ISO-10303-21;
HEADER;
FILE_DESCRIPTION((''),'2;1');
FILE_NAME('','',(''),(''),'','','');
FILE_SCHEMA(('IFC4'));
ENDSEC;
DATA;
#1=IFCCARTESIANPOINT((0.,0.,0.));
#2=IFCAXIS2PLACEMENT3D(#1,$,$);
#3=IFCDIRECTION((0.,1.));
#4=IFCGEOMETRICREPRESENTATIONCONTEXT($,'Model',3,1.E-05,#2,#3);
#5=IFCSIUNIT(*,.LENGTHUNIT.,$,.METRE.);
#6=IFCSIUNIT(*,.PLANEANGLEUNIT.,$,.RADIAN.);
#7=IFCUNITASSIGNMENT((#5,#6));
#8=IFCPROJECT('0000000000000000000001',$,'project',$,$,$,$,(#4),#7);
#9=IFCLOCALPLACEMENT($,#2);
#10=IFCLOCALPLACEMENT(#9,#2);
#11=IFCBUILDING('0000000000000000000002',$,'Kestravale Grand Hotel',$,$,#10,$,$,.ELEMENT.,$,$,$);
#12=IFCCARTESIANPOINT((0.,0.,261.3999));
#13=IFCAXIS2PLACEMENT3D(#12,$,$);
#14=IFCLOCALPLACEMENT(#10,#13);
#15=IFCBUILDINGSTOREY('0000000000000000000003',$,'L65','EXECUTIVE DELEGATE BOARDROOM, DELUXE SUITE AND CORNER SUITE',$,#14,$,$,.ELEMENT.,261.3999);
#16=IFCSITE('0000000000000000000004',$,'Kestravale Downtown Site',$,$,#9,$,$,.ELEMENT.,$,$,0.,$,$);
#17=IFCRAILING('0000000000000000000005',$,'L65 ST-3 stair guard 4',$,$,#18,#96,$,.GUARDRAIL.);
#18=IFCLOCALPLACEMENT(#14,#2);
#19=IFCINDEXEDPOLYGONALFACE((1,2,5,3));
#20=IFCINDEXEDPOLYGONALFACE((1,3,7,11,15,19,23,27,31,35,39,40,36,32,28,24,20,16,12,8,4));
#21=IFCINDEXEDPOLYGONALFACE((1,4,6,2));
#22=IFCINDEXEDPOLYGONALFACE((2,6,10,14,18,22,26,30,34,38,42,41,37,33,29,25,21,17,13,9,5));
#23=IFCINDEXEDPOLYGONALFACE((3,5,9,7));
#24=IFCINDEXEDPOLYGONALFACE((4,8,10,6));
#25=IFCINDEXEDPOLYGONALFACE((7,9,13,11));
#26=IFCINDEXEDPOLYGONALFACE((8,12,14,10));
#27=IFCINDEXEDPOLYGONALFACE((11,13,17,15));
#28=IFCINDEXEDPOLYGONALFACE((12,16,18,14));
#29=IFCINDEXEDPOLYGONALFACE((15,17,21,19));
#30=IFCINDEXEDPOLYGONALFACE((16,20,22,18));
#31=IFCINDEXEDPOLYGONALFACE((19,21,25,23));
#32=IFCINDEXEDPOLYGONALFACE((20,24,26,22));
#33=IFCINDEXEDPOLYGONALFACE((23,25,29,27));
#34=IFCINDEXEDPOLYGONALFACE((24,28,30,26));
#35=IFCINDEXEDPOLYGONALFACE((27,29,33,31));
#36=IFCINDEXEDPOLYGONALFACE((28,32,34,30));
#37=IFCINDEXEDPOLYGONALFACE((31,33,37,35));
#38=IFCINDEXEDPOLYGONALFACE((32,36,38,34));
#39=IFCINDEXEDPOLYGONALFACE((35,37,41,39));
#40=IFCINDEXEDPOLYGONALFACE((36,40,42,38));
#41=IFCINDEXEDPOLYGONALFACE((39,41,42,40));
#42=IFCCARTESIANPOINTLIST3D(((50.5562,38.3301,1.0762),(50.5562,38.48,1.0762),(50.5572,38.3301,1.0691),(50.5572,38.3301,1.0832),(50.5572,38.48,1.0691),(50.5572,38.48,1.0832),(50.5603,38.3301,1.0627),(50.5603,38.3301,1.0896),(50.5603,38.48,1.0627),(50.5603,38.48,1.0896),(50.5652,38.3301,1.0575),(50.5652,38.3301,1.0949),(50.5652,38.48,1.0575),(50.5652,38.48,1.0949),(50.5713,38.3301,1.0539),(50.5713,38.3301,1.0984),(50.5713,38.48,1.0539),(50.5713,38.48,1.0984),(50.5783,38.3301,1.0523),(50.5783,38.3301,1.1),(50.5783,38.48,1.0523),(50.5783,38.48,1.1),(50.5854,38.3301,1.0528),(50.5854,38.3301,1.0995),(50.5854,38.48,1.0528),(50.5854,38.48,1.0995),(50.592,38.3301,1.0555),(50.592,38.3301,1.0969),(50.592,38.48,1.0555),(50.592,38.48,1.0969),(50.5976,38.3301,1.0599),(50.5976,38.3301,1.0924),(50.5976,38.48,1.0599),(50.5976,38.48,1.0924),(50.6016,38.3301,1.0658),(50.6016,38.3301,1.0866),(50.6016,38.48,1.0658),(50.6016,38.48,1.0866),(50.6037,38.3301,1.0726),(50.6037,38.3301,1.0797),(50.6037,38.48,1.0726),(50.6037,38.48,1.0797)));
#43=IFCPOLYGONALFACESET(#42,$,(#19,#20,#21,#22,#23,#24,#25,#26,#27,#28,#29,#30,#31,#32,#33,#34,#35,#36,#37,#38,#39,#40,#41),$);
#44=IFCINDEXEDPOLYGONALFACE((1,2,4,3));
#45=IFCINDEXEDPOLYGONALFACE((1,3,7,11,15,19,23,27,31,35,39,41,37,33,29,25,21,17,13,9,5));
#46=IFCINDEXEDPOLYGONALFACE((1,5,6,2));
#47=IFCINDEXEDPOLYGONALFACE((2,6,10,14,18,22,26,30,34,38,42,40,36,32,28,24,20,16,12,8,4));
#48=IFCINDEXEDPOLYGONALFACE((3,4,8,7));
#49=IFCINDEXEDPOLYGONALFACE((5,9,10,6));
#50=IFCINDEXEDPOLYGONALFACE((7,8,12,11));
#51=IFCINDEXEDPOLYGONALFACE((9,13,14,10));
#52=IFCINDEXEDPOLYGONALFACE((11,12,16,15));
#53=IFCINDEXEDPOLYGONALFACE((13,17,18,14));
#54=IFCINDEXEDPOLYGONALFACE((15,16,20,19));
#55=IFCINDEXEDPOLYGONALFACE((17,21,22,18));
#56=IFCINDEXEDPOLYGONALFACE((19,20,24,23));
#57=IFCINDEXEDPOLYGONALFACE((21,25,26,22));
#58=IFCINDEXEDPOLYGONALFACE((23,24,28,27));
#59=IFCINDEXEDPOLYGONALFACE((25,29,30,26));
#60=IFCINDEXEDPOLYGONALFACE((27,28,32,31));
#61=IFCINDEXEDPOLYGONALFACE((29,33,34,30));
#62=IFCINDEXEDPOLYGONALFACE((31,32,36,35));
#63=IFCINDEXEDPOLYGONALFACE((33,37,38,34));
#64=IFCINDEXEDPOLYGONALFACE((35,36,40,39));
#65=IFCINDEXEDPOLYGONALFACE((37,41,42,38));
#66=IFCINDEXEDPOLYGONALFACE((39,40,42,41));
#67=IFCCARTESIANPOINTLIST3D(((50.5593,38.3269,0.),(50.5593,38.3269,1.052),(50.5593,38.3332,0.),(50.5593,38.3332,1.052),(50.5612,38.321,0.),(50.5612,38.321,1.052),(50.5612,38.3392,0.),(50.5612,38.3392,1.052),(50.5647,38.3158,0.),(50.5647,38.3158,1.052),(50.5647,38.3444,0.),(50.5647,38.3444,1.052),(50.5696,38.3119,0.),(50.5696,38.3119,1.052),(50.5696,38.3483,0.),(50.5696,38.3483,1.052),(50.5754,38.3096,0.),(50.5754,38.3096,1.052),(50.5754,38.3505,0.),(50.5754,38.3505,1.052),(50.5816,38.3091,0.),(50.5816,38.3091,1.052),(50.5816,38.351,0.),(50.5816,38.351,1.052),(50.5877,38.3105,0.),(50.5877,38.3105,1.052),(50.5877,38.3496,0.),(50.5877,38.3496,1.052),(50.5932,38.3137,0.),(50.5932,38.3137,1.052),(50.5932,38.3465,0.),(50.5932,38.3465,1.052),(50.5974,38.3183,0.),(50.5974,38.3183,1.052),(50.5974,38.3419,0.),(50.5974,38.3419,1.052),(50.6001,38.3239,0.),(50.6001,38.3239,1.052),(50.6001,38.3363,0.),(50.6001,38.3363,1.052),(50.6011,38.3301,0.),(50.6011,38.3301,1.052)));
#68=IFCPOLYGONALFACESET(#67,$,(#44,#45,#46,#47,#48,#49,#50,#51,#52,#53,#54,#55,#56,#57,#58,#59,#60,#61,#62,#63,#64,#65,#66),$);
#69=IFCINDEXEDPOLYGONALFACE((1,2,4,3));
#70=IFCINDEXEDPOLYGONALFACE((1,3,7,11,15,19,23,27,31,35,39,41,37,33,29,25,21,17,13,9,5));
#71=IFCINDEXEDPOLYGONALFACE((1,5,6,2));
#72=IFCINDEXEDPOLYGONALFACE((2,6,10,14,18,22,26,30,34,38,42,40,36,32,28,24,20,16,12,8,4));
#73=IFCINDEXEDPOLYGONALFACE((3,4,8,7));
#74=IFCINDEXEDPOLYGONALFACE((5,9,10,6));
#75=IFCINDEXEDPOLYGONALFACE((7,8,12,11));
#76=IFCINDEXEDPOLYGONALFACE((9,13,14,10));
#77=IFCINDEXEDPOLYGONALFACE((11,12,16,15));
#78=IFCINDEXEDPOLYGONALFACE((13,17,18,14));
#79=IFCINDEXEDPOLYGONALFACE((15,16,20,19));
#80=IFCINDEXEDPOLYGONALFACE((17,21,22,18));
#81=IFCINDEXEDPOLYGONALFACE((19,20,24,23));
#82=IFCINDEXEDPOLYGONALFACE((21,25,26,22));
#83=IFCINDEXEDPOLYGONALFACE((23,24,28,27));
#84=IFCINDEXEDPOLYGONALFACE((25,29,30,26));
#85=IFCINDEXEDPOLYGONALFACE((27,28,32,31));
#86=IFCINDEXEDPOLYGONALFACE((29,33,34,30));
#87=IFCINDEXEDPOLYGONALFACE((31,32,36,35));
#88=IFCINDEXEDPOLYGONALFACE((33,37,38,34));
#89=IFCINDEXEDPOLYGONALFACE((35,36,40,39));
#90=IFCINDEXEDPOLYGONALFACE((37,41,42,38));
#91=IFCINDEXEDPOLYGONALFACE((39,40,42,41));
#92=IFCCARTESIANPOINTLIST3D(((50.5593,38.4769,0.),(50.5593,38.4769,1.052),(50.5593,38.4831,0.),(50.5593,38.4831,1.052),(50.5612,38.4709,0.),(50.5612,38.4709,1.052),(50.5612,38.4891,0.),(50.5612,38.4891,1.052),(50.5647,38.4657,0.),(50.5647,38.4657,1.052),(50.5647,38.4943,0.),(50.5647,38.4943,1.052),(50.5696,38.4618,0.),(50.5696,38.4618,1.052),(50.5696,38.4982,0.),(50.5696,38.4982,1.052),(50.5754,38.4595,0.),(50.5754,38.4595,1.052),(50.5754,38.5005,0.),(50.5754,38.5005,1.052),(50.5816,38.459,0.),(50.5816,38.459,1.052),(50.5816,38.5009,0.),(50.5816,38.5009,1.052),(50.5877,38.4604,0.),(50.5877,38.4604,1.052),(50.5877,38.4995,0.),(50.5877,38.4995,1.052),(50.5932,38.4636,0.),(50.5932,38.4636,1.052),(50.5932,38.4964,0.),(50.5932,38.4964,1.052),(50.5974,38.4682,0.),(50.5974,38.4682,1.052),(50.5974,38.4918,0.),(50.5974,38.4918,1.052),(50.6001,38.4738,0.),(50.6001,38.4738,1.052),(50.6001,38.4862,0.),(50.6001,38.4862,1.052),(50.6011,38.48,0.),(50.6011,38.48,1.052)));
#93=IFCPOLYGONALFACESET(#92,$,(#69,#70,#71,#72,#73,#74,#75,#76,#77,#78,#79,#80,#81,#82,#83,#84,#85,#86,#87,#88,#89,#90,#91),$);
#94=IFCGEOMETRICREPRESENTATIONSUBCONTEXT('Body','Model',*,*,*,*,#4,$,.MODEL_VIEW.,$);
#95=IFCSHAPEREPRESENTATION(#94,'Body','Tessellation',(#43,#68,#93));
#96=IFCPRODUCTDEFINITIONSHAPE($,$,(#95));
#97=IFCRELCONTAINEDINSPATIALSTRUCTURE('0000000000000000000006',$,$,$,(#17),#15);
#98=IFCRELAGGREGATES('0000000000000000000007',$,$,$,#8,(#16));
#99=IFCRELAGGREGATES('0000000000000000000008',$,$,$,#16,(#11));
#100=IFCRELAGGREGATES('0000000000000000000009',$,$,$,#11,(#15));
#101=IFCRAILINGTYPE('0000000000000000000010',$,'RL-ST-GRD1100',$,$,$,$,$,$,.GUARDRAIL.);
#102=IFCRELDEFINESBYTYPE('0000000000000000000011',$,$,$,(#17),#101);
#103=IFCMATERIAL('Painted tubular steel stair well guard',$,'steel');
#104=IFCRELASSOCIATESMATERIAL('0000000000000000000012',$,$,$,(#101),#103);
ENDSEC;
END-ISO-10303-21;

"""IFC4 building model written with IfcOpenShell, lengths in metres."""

from ifc_helpers import new_model, si_unit, direction, frame, origin, origin_2d, place, context, subcontext, project, spatial, circle, extrude, material, type_object, element, save


model = new_model("IFC4")

# Units and contexts
model_context = context("Model", 3, precision=1e-05, world=origin(), true_north=direction((0.0, 1.0)))
body_context = subcontext(model_context, "Body", "Model", "MODEL_VIEW")
ifc_project = project(units=[si_unit("LENGTHUNIT", "METRE"), si_unit("PLANEANGLEUNIT", "RADIAN")], contexts=[model_context])

# Site, building, storey
site_placement = place(None, origin())
site = spatial("IfcSite", under=ifc_project, at=site_placement, Name="Kestravale Downtown Site", CompositionType="ELEMENT", RefElevation=0.0)
building_placement = place(site_placement, origin())
building = spatial("IfcBuilding", under=site, at=building_placement, Name="Kestravale Grand Hotel", CompositionType="ELEMENT")
storey_placement = place(building_placement, frame((0.0, 0.0, 261.3999)))
storey = spatial("IfcBuildingStorey", under=building, at=storey_placement, Name="L65", Description="EXECUTIVE DELEGATE BOARDROOM, DELUXE SUITE AND CORNER SUITE", CompositionType="ELEMENT", Elevation=261.3999)

# Railing
ifc_material_1 = material(Name="Painted tubular steel stair well guard", Category="steel")
railing_type_1 = type_object("IfcRailingType", Name="RL-ST-GRD1100", PredefinedType="GUARDRAIL", material=ifc_material_1)
railing_1_placement = place(storey_placement, frame((50.5801, 38.3301, 0.0)))
element("IfcRailing", 1, at=railing_1_placement, inside=storey, type_object=railing_type_1, Name="L65 ST-3 stair guard 4", PredefinedType="GUARDRAIL", context=body_context, shape_type="SweptSolid", body=[
    extrude(circle(Radius=0.0239, at=origin_2d()), frame((0.0, 0.0, 1.0762), z_axis=(0.0, 1.0, 0.0), x_axis=(-1.0, 0.0, 0.0)), (0.0, 0.0, 1.0), 0.1499),
    extrude(circle(Radius=0.021, at=origin_2d()), origin(), (0.0, 0.0, 1.0), 1.052),
    extrude(circle(Radius=0.021, at=origin_2d()), frame((0.0, 0.1499, 0.0)), (0.0, 0.0, 1.0), 1.052),
])

save(model, "model.ifc")
